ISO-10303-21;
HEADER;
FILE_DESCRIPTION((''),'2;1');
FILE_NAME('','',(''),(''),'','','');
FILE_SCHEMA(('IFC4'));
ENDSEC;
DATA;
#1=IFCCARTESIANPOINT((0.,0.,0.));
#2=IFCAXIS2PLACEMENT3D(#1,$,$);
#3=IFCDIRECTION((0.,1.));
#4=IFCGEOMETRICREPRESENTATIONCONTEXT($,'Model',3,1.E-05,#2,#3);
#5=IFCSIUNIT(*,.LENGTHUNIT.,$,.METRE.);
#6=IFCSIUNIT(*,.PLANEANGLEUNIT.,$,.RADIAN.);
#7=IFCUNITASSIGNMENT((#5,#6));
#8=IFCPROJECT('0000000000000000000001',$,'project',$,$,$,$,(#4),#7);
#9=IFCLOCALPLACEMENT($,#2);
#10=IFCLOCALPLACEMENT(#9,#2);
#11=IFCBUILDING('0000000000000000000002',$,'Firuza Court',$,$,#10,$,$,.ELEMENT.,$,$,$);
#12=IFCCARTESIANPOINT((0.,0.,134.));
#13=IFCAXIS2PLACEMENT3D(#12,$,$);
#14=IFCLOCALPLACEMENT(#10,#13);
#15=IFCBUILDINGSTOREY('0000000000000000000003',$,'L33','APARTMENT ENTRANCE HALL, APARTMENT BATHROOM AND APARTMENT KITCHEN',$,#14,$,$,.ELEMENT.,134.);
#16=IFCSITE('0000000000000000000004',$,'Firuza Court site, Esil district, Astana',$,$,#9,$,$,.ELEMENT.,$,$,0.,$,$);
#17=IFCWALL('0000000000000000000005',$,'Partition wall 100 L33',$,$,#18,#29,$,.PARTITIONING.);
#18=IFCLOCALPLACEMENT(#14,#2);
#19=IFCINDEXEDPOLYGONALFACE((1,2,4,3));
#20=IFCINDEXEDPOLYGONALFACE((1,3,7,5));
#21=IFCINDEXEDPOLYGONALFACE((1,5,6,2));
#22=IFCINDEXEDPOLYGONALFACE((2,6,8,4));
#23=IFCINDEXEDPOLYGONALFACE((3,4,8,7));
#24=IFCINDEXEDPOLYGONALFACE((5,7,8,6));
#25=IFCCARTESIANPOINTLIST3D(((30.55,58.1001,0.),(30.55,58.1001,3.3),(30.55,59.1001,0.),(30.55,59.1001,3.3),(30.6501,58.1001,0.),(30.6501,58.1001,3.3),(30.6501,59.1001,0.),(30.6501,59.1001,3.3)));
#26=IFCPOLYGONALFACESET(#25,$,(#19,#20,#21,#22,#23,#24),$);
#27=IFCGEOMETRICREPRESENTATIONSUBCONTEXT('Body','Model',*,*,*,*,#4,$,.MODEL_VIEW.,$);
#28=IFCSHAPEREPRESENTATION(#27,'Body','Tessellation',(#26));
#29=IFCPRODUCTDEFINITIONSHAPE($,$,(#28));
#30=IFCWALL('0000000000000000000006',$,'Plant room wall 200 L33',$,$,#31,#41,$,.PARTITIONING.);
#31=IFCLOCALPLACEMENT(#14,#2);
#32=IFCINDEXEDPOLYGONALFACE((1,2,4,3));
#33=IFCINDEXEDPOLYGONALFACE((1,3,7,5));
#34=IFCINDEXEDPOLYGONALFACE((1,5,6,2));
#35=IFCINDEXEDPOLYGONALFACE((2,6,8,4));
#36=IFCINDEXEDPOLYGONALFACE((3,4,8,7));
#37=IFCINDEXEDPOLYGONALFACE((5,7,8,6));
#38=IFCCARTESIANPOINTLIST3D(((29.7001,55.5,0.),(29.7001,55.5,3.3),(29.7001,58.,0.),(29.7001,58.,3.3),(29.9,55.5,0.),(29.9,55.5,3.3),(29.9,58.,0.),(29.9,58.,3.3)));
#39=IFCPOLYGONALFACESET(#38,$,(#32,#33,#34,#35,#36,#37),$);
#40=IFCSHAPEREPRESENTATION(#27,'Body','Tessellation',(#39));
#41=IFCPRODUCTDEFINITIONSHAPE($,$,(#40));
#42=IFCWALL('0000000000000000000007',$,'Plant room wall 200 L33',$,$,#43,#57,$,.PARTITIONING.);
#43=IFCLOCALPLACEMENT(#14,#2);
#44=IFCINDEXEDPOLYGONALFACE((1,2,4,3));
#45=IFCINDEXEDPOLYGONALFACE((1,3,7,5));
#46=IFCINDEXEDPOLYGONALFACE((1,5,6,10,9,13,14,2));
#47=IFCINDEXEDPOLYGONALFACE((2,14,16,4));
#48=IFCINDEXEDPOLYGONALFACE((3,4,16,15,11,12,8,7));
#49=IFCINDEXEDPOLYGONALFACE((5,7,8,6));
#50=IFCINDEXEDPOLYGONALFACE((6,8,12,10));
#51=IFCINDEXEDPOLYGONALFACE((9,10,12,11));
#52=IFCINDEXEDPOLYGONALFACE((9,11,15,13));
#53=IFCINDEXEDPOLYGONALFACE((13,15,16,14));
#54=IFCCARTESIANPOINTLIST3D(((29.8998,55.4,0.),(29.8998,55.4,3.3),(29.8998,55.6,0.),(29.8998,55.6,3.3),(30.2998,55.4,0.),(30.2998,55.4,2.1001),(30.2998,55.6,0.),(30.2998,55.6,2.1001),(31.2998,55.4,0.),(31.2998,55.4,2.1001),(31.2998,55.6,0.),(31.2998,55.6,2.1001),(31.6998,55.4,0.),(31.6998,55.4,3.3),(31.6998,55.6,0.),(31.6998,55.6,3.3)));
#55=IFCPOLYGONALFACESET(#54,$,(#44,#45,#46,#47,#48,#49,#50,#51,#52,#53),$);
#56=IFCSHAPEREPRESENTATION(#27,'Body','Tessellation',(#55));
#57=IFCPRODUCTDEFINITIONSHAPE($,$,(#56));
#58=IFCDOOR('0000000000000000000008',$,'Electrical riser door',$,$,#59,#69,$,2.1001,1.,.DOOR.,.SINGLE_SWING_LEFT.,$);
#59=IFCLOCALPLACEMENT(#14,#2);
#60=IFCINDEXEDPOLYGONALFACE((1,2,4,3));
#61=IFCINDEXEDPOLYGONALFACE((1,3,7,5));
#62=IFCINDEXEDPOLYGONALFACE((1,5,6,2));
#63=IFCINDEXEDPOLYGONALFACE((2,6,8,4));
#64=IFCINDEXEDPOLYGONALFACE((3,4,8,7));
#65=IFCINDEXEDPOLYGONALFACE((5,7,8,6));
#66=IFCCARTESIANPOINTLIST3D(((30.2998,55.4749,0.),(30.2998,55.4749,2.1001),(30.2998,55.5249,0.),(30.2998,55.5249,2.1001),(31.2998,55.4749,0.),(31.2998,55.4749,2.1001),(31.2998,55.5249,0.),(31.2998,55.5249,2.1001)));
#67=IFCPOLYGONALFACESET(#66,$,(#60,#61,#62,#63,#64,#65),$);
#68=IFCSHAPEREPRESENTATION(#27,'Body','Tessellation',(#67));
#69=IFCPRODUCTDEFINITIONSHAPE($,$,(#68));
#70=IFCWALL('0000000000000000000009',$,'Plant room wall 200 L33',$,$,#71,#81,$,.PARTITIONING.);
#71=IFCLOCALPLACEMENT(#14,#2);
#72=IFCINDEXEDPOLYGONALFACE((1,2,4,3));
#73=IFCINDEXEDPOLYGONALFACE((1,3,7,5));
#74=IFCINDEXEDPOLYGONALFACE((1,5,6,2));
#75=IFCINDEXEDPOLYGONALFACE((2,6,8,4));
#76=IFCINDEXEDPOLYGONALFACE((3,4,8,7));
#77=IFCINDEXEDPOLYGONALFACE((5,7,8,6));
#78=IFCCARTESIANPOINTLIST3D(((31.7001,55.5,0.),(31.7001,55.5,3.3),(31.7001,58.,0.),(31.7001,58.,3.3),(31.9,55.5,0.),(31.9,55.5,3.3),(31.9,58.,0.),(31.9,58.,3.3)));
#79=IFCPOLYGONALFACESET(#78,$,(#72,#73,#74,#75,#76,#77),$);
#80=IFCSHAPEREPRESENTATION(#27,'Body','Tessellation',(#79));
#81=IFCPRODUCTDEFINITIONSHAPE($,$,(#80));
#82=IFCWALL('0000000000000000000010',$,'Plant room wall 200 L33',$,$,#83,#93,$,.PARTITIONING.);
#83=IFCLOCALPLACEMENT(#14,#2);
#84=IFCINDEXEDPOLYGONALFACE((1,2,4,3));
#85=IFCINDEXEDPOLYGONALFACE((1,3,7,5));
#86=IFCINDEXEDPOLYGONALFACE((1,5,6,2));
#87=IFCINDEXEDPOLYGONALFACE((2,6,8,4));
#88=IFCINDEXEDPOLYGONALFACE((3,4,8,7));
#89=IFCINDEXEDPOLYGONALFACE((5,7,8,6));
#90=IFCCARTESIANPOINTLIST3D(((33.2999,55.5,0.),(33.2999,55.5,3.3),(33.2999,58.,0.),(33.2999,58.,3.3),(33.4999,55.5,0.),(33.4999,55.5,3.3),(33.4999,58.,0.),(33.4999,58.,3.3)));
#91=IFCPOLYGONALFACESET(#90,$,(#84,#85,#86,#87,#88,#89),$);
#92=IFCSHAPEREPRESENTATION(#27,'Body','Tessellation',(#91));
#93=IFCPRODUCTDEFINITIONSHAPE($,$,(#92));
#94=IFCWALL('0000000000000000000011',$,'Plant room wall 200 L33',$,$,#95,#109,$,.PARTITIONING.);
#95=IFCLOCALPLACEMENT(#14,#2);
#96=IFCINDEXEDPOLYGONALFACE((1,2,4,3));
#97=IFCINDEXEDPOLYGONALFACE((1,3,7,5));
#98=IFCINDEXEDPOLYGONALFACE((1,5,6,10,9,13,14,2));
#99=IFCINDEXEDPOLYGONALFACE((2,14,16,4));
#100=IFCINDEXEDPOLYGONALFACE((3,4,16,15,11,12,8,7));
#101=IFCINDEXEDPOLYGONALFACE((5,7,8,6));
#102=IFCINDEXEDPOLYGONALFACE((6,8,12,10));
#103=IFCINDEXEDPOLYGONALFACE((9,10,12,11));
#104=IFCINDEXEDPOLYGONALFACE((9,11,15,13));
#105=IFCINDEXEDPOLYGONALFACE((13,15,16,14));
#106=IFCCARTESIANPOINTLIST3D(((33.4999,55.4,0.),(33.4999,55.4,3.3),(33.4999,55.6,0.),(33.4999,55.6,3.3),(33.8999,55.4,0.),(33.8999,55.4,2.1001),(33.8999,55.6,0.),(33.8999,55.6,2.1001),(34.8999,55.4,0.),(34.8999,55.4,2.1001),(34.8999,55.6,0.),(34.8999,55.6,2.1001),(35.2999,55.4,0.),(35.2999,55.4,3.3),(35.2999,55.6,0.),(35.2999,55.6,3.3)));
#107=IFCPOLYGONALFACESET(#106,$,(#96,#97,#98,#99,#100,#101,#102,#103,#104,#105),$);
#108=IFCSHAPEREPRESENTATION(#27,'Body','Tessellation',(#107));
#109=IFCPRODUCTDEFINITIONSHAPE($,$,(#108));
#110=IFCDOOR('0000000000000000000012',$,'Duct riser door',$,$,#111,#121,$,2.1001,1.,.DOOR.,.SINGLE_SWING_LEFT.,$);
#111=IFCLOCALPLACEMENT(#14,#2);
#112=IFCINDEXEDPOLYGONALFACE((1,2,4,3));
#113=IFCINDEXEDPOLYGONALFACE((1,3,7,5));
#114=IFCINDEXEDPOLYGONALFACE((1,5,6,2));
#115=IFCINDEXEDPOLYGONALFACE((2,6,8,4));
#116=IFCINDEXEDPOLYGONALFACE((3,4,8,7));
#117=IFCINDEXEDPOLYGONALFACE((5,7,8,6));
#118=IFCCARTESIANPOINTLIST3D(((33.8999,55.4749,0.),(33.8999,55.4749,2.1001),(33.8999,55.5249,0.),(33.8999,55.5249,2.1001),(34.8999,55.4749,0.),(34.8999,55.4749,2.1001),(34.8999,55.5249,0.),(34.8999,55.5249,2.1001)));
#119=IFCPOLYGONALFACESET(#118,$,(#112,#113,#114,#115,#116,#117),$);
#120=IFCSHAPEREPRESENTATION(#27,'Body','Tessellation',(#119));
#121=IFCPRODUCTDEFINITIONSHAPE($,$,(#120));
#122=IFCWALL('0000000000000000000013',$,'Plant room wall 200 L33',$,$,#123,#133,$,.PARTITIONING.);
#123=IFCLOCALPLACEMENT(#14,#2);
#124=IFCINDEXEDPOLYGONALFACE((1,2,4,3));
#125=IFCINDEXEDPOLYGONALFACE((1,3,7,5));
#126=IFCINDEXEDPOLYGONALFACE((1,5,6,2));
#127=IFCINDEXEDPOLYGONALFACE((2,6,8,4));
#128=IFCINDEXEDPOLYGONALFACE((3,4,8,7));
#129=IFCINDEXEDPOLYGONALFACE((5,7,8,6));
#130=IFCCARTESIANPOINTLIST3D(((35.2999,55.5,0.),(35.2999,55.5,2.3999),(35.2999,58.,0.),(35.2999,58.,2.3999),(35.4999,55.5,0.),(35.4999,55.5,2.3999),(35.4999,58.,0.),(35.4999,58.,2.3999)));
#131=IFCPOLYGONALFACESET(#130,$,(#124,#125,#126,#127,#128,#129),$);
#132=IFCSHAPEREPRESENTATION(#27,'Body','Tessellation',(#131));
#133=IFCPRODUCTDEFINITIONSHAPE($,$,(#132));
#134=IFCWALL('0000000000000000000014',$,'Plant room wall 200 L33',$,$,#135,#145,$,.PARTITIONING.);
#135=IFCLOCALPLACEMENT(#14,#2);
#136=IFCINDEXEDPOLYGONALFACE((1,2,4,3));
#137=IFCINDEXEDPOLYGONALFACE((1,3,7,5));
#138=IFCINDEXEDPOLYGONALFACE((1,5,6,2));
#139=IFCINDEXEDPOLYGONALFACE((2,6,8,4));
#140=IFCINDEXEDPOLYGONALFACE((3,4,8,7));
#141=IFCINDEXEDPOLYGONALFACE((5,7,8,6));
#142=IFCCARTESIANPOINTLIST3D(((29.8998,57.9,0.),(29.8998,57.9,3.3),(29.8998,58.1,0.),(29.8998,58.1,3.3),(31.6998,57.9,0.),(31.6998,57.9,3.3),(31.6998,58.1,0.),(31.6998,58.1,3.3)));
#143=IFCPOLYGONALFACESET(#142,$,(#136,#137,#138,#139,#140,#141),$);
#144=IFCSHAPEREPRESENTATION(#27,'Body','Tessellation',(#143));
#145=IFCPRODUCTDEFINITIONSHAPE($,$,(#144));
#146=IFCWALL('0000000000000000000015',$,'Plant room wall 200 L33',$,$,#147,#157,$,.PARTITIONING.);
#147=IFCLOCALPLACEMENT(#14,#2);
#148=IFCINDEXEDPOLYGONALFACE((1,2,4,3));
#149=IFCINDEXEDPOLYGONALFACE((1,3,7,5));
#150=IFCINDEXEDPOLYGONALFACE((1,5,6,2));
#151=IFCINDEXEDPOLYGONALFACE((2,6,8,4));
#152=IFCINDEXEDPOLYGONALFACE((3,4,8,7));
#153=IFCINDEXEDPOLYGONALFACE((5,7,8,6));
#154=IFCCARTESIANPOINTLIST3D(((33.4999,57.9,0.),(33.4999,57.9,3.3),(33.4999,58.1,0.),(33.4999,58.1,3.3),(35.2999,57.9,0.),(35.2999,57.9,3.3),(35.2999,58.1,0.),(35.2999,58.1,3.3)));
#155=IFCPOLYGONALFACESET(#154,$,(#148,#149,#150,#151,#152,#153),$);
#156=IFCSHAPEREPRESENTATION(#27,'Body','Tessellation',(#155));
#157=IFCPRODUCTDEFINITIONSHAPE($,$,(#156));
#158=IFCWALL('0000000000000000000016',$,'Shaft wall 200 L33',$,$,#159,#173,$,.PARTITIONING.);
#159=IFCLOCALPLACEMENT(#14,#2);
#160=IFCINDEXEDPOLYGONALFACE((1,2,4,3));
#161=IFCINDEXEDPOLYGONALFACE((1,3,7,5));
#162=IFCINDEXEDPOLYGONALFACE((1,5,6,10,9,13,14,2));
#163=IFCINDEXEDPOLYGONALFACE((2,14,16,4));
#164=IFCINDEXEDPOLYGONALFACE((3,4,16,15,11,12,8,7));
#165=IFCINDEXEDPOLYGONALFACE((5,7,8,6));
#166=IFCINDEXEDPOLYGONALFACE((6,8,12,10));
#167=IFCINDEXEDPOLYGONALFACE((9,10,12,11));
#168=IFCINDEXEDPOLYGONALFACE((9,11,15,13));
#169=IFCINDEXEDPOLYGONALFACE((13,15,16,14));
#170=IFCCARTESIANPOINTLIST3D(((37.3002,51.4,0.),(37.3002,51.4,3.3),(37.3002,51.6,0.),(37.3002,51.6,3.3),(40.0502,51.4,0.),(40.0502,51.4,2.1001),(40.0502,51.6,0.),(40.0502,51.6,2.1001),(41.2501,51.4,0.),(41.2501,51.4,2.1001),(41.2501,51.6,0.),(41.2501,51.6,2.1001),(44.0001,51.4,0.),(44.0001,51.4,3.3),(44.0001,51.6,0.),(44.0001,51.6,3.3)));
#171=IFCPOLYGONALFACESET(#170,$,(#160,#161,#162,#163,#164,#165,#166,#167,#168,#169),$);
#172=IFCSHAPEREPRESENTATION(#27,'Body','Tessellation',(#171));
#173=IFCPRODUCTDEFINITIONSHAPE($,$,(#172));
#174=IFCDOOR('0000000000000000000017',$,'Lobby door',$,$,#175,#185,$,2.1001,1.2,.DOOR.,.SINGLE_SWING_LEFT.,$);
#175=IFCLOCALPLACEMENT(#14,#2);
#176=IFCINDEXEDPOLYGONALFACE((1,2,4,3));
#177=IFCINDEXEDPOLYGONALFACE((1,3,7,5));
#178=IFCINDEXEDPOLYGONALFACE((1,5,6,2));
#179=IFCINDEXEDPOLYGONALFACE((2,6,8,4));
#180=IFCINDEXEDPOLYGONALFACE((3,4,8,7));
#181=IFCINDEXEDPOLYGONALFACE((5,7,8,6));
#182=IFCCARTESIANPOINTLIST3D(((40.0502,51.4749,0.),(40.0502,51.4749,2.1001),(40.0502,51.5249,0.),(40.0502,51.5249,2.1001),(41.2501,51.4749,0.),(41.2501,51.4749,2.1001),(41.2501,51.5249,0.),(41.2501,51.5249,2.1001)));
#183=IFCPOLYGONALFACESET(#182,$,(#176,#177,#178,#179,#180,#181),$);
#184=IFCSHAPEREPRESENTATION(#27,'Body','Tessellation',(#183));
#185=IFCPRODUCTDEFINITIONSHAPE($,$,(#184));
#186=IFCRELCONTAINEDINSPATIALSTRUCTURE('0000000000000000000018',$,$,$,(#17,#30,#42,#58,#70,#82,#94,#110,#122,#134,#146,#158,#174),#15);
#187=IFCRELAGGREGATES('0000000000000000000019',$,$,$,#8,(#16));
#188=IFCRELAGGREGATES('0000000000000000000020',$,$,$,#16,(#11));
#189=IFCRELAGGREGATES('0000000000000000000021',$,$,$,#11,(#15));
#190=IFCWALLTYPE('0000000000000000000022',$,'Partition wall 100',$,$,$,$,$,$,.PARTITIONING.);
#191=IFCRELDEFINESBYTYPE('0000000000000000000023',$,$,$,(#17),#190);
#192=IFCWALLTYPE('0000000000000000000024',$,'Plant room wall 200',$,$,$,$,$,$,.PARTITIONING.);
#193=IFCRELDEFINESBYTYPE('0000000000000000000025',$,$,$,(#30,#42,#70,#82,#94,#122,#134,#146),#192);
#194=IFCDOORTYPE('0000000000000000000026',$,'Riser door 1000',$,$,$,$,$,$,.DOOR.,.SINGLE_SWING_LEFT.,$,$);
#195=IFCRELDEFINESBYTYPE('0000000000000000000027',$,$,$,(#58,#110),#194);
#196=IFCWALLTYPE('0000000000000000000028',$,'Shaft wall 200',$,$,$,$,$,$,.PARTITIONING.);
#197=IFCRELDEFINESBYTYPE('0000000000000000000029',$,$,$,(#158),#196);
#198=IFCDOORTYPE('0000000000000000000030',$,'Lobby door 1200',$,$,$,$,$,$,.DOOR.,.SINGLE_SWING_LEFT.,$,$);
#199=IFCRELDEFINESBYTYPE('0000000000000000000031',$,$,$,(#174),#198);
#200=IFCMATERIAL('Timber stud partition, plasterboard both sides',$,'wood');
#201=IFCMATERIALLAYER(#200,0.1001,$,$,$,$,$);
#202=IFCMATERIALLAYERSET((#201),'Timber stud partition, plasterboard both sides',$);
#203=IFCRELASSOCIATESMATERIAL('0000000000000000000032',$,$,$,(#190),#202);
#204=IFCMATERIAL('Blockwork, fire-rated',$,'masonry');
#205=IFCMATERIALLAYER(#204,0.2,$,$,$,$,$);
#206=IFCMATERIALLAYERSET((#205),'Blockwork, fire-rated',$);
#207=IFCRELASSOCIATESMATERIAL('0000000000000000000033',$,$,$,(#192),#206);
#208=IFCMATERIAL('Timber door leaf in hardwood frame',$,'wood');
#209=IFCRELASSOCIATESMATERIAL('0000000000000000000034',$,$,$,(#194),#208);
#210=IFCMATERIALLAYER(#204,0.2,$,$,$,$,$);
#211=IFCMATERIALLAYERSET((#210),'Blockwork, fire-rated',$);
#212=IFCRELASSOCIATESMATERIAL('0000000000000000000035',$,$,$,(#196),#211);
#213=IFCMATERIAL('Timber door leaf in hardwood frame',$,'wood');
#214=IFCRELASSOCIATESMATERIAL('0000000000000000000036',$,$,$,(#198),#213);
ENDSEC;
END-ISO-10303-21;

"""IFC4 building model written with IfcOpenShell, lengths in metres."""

from ifc_helpers import new_model, si_unit, direction, frame, frame_2d, origin, place, context, subcontext, project, spatial, rectangle, extrude, material, layer, layer_set, type_object, element, fill, save


model = new_model("IFC4")

# Units and contexts
model_context = context("Model", 3, precision=1e-05, world=origin(), true_north=direction((0.0, 1.0)))
body_context = subcontext(model_context, "Body", "Model", "MODEL_VIEW")
ifc_project = project(units=[si_unit("LENGTHUNIT", "METRE"), si_unit("PLANEANGLEUNIT", "RADIAN")], contexts=[model_context])

# Site, building, storey
site_placement = place(None, origin())
site = spatial("IfcSite", under=ifc_project, at=site_placement, Name="Firuza Court site, Esil district, Astana", CompositionType="ELEMENT", RefElevation=0.0)
building_placement = place(site_placement, origin())
building = spatial("IfcBuilding", under=site, at=building_placement, Name="Firuza Court", CompositionType="ELEMENT")
storey_placement = place(building_placement, frame((0.0, 0.0, 134.0)))
storey = spatial("IfcBuildingStorey", under=building, at=storey_placement, Name="L33", Description="APARTMENT ENTRANCE HALL, APARTMENT BATHROOM AND APARTMENT KITCHEN", CompositionType="ELEMENT", Elevation=134.0)

# Walls
ifc_material_1 = material(Name="Timber stud partition, plasterboard both sides", Category="wood")
ifc_layer_1 = layer(ifc_material_1, 0.1001)
ifc_layer_set_1 = layer_set([ifc_layer_1], Name="Timber stud partition, plasterboard both sides")
wall_type_1 = type_object("IfcWallType", Name="Partition wall 100", PredefinedType="PARTITIONING", material=ifc_layer_set_1)
wall_1_placement = place(storey_placement, frame((30.6001, 58.1001, 0.0), z_axis=(0.0, 0.0, 1.0), x_axis=(0.0, 1.0, 0.0)))
element("IfcWall", 1, at=wall_1_placement, inside=storey, type_object=wall_type_1, Name="Partition wall 100 L33", PredefinedType="PARTITIONING", context=body_context, shape_type="SweptSolid", body=[
    extrude(rectangle(XDim=1.0, YDim=0.1001, at=frame_2d((0.5, 0.0))), origin(), (0.0, 0.0, 1.0), 3.3),
])
ifc_material_2 = material(Name="Blockwork, fire-rated", Category="masonry")
ifc_layer_2 = layer(ifc_material_2, 0.2)
ifc_layer_set_2 = layer_set([ifc_layer_2], Name="Blockwork, fire-rated")
wall_type_2 = type_object("IfcWallType", Name="Plant room wall 200", PredefinedType="PARTITIONING", material=ifc_layer_set_2)
wall_2_placement = place(storey_placement, frame((29.8, 55.5, 0.0), z_axis=(0.0, 0.0, 1.0), x_axis=(0.0, 1.0, 0.0)))
element("IfcWall", 2, at=wall_2_placement, inside=storey, type_object=wall_type_2, Name="Plant room wall 200 L33", PredefinedType="PARTITIONING", context=body_context, shape_type="SweptSolid", body=[
    extrude(rectangle(XDim=2.5, YDim=0.2, at=frame_2d((1.25, 0.0))), origin(), (0.0, 0.0, 1.0), 3.3),
])

# Wall, opening, door
wall_3_placement = place(storey_placement, frame((29.8999, 55.5, 0.0), z_axis=(0.0, 0.0, 1.0), x_axis=(1.0, 0.0, 0.0)))
wall_3 = element("IfcWall", 3, at=wall_3_placement, inside=storey, type_object=wall_type_2, Name="Plant room wall 200 L33", PredefinedType="PARTITIONING", context=body_context, shape_type="SweptSolid", body=[
    extrude(rectangle(XDim=1.8, YDim=0.2, at=frame_2d((0.8999, 0.0))), origin(), (0.0, 0.0, 1.0), 3.3),
])
opening_1_placement = place(wall_3_placement, frame((0.3999, 0.0, 0.0)))
opening_1 = element("IfcOpeningElement", 4, at=opening_1_placement, cuts=wall_3, PredefinedType="OPENING", context=body_context, shape_type="SweptSolid", body=[
    extrude(rectangle(XDim=1.0, YDim=2.1001, at=frame_2d((0.5, 1.05))), frame((0.0, 0.1118, 0.0), z_axis=(0.0, -1.0, 0.0), x_axis=(1.0, 0.0, 0.0)), (0.0, 0.0, 1.0), 0.2239),
])
ifc_material_3 = material(Name="Timber door leaf in hardwood frame", Category="wood")
door_type_1 = type_object("IfcDoorType", Name="Riser door 1000", OperationType="SINGLE_SWING_LEFT", PredefinedType="DOOR", material=ifc_material_3)
door_1_placement = place(opening_1_placement, origin())
door_1 = element("IfcDoor", 5, at=door_1_placement, inside=storey, type_object=door_type_1, Name="Electrical riser door", OperationType="SINGLE_SWING_LEFT", OverallHeight=2.1001, OverallWidth=1.0, PredefinedType="DOOR", context=body_context, shape_type="SweptSolid", body=[
    extrude(rectangle(XDim=1.0, YDim=2.1001, at=frame_2d((0.5, 1.05))), frame((0.0, 0.0249, 0.0), z_axis=(0.0, -1.0, 0.0), x_axis=(1.0, 0.0, 0.0)), (0.0, 0.0, 1.0), 0.05),
])
fill(opening_1, door_1)

# Walls
for number, where, z_axis, x_axis, name in (
    (6, (31.8, 55.5, 0.0), (0.0, 0.0, 1.0), (0.0, 1.0, 0.0), "Plant room wall 200 L33"),
    (7, (33.3999, 55.5, 0.0), (0.0, 0.0, 1.0), (0.0, 1.0, 0.0), "Plant room wall 200 L33"),
):
    element("IfcWall", number, at=place(storey_placement, frame(where, z_axis=z_axis, x_axis=x_axis)), inside=storey, type_object=wall_type_2, Name=name, PredefinedType="PARTITIONING", context=body_context, shape_type="SweptSolid", body=[
        extrude(rectangle(XDim=2.5, YDim=0.2, at=frame_2d((1.25, 0.0))), origin(), (0.0, 0.0, 1.0), 3.3),
    ])

# Wall, opening, door
wall_4_placement = place(storey_placement, frame((33.5, 55.5, 0.0), z_axis=(0.0, 0.0, 1.0), x_axis=(1.0, 0.0, 0.0)))
wall_4 = element("IfcWall", 8, at=wall_4_placement, inside=storey, type_object=wall_type_2, Name="Plant room wall 200 L33", PredefinedType="PARTITIONING", context=body_context, shape_type="SweptSolid", body=[
    extrude(rectangle(XDim=1.8, YDim=0.2, at=frame_2d((0.8999, 0.0))), origin(), (0.0, 0.0, 1.0), 3.3),
])
opening_2_placement = place(wall_4_placement, frame((0.3999, 0.0, 0.0)))
opening_2 = element("IfcOpeningElement", 9, at=opening_2_placement, cuts=wall_4, PredefinedType="OPENING", context=body_context, shape_type="SweptSolid", body=[
    extrude(rectangle(XDim=1.0, YDim=2.1001, at=frame_2d((0.5, 1.05))), frame((0.0, 0.1118, 0.0), z_axis=(0.0, -1.0, 0.0), x_axis=(1.0, 0.0, 0.0)), (0.0, 0.0, 1.0), 0.2239),
])
door_2_placement = place(opening_2_placement, origin())
door_2 = element("IfcDoor", 10, at=door_2_placement, inside=storey, type_object=door_type_1, Name="Duct riser door", OperationType="SINGLE_SWING_LEFT", OverallHeight=2.1001, OverallWidth=1.0, PredefinedType="DOOR", context=body_context, shape_type="SweptSolid", body=[
    extrude(rectangle(XDim=1.0, YDim=2.1001, at=frame_2d((0.5, 1.05))), frame((0.0, 0.0249, 0.0), z_axis=(0.0, -1.0, 0.0), x_axis=(1.0, 0.0, 0.0)), (0.0, 0.0, 1.0), 0.05),
])
fill(opening_2, door_2)

# Walls
wall_5_placement = place(storey_placement, frame((35.3999, 55.5, 0.0), z_axis=(0.0, 0.0, 1.0), x_axis=(0.0, 1.0, 0.0)))
element("IfcWall", 11, at=wall_5_placement, inside=storey, type_object=wall_type_2, Name="Plant room wall 200 L33", PredefinedType="PARTITIONING", context=body_context, shape_type="SweptSolid", body=[
    extrude(rectangle(XDim=2.5, YDim=0.2, at=frame_2d((1.25, 0.0))), origin(), (0.0, 0.0, 1.0), 2.3999),
])
for number, where, z_axis, x_axis, name in (
    (12, (29.8999, 58.0, 0.0), (0.0, 0.0, 1.0), (1.0, 0.0, 0.0), "Plant room wall 200 L33"),
    (13, (33.5, 58.0, 0.0), (0.0, 0.0, 1.0), (1.0, 0.0, 0.0), "Plant room wall 200 L33"),
):
    element("IfcWall", number, at=place(storey_placement, frame(where, z_axis=z_axis, x_axis=x_axis)), inside=storey, type_object=wall_type_2, Name=name, PredefinedType="PARTITIONING", context=body_context, shape_type="SweptSolid", body=[
        extrude(rectangle(XDim=1.8, YDim=0.2, at=frame_2d((0.8999, 0.0))), origin(), (0.0, 0.0, 1.0), 3.3),
    ])

# Wall, opening, door
ifc_layer_3 = layer(ifc_material_2, 0.2)
ifc_layer_set_3 = layer_set([ifc_layer_3], Name="Blockwork, fire-rated")
wall_type_3 = type_object("IfcWallType", Name="Shaft wall 200", PredefinedType="PARTITIONING", material=ifc_layer_set_3)
wall_6_placement = place(storey_placement, frame((37.3, 51.5, 0.0), z_axis=(0.0, 0.0, 1.0), x_axis=(1.0, 0.0, 0.0)))
wall_6 = element("IfcWall", 14, at=wall_6_placement, inside=storey, type_object=wall_type_3, Name="Shaft wall 200 L33", PredefinedType="PARTITIONING", context=body_context, shape_type="SweptSolid", body=[
    extrude(rectangle(XDim=6.7, YDim=0.2, at=frame_2d((3.3501, 0.0))), origin(), (0.0, 0.0, 1.0), 3.3),
])
opening_3_placement = place(wall_6_placement, frame((2.75, 0.0, 0.0)))
opening_3 = element("IfcOpeningElement", 15, at=opening_3_placement, cuts=wall_6, PredefinedType="OPENING", context=body_context, shape_type="SweptSolid", body=[
    extrude(rectangle(XDim=1.2, YDim=2.1001, at=frame_2d((0.6001, 1.05))), frame((0.0, 0.1118, 0.0), z_axis=(0.0, -1.0, 0.0), x_axis=(1.0, 0.0, 0.0)), (0.0, 0.0, 1.0), 0.2239),
])
ifc_material_4 = material(Name="Timber door leaf in hardwood frame", Category="wood")
door_type_2 = type_object("IfcDoorType", Name="Lobby door 1200", OperationType="SINGLE_SWING_LEFT", PredefinedType="DOOR", material=ifc_material_4)
door_3_placement = place(opening_3_placement, origin())
door_3 = element("IfcDoor", 16, at=door_3_placement, inside=storey, type_object=door_type_2, Name="Lobby door", OperationType="SINGLE_SWING_LEFT", OverallHeight=2.1001, OverallWidth=1.2, PredefinedType="DOOR", context=body_context, shape_type="SweptSolid", body=[
    extrude(rectangle(XDim=1.2, YDim=2.1001, at=frame_2d((0.6001, 1.05))), frame((0.0, 0.0249, 0.0), z_axis=(0.0, -1.0, 0.0), x_axis=(1.0, 0.0, 0.0)), (0.0, 0.0, 1.0), 0.05),
])
fill(opening_3, door_3)

save(model, "model.ifc")
